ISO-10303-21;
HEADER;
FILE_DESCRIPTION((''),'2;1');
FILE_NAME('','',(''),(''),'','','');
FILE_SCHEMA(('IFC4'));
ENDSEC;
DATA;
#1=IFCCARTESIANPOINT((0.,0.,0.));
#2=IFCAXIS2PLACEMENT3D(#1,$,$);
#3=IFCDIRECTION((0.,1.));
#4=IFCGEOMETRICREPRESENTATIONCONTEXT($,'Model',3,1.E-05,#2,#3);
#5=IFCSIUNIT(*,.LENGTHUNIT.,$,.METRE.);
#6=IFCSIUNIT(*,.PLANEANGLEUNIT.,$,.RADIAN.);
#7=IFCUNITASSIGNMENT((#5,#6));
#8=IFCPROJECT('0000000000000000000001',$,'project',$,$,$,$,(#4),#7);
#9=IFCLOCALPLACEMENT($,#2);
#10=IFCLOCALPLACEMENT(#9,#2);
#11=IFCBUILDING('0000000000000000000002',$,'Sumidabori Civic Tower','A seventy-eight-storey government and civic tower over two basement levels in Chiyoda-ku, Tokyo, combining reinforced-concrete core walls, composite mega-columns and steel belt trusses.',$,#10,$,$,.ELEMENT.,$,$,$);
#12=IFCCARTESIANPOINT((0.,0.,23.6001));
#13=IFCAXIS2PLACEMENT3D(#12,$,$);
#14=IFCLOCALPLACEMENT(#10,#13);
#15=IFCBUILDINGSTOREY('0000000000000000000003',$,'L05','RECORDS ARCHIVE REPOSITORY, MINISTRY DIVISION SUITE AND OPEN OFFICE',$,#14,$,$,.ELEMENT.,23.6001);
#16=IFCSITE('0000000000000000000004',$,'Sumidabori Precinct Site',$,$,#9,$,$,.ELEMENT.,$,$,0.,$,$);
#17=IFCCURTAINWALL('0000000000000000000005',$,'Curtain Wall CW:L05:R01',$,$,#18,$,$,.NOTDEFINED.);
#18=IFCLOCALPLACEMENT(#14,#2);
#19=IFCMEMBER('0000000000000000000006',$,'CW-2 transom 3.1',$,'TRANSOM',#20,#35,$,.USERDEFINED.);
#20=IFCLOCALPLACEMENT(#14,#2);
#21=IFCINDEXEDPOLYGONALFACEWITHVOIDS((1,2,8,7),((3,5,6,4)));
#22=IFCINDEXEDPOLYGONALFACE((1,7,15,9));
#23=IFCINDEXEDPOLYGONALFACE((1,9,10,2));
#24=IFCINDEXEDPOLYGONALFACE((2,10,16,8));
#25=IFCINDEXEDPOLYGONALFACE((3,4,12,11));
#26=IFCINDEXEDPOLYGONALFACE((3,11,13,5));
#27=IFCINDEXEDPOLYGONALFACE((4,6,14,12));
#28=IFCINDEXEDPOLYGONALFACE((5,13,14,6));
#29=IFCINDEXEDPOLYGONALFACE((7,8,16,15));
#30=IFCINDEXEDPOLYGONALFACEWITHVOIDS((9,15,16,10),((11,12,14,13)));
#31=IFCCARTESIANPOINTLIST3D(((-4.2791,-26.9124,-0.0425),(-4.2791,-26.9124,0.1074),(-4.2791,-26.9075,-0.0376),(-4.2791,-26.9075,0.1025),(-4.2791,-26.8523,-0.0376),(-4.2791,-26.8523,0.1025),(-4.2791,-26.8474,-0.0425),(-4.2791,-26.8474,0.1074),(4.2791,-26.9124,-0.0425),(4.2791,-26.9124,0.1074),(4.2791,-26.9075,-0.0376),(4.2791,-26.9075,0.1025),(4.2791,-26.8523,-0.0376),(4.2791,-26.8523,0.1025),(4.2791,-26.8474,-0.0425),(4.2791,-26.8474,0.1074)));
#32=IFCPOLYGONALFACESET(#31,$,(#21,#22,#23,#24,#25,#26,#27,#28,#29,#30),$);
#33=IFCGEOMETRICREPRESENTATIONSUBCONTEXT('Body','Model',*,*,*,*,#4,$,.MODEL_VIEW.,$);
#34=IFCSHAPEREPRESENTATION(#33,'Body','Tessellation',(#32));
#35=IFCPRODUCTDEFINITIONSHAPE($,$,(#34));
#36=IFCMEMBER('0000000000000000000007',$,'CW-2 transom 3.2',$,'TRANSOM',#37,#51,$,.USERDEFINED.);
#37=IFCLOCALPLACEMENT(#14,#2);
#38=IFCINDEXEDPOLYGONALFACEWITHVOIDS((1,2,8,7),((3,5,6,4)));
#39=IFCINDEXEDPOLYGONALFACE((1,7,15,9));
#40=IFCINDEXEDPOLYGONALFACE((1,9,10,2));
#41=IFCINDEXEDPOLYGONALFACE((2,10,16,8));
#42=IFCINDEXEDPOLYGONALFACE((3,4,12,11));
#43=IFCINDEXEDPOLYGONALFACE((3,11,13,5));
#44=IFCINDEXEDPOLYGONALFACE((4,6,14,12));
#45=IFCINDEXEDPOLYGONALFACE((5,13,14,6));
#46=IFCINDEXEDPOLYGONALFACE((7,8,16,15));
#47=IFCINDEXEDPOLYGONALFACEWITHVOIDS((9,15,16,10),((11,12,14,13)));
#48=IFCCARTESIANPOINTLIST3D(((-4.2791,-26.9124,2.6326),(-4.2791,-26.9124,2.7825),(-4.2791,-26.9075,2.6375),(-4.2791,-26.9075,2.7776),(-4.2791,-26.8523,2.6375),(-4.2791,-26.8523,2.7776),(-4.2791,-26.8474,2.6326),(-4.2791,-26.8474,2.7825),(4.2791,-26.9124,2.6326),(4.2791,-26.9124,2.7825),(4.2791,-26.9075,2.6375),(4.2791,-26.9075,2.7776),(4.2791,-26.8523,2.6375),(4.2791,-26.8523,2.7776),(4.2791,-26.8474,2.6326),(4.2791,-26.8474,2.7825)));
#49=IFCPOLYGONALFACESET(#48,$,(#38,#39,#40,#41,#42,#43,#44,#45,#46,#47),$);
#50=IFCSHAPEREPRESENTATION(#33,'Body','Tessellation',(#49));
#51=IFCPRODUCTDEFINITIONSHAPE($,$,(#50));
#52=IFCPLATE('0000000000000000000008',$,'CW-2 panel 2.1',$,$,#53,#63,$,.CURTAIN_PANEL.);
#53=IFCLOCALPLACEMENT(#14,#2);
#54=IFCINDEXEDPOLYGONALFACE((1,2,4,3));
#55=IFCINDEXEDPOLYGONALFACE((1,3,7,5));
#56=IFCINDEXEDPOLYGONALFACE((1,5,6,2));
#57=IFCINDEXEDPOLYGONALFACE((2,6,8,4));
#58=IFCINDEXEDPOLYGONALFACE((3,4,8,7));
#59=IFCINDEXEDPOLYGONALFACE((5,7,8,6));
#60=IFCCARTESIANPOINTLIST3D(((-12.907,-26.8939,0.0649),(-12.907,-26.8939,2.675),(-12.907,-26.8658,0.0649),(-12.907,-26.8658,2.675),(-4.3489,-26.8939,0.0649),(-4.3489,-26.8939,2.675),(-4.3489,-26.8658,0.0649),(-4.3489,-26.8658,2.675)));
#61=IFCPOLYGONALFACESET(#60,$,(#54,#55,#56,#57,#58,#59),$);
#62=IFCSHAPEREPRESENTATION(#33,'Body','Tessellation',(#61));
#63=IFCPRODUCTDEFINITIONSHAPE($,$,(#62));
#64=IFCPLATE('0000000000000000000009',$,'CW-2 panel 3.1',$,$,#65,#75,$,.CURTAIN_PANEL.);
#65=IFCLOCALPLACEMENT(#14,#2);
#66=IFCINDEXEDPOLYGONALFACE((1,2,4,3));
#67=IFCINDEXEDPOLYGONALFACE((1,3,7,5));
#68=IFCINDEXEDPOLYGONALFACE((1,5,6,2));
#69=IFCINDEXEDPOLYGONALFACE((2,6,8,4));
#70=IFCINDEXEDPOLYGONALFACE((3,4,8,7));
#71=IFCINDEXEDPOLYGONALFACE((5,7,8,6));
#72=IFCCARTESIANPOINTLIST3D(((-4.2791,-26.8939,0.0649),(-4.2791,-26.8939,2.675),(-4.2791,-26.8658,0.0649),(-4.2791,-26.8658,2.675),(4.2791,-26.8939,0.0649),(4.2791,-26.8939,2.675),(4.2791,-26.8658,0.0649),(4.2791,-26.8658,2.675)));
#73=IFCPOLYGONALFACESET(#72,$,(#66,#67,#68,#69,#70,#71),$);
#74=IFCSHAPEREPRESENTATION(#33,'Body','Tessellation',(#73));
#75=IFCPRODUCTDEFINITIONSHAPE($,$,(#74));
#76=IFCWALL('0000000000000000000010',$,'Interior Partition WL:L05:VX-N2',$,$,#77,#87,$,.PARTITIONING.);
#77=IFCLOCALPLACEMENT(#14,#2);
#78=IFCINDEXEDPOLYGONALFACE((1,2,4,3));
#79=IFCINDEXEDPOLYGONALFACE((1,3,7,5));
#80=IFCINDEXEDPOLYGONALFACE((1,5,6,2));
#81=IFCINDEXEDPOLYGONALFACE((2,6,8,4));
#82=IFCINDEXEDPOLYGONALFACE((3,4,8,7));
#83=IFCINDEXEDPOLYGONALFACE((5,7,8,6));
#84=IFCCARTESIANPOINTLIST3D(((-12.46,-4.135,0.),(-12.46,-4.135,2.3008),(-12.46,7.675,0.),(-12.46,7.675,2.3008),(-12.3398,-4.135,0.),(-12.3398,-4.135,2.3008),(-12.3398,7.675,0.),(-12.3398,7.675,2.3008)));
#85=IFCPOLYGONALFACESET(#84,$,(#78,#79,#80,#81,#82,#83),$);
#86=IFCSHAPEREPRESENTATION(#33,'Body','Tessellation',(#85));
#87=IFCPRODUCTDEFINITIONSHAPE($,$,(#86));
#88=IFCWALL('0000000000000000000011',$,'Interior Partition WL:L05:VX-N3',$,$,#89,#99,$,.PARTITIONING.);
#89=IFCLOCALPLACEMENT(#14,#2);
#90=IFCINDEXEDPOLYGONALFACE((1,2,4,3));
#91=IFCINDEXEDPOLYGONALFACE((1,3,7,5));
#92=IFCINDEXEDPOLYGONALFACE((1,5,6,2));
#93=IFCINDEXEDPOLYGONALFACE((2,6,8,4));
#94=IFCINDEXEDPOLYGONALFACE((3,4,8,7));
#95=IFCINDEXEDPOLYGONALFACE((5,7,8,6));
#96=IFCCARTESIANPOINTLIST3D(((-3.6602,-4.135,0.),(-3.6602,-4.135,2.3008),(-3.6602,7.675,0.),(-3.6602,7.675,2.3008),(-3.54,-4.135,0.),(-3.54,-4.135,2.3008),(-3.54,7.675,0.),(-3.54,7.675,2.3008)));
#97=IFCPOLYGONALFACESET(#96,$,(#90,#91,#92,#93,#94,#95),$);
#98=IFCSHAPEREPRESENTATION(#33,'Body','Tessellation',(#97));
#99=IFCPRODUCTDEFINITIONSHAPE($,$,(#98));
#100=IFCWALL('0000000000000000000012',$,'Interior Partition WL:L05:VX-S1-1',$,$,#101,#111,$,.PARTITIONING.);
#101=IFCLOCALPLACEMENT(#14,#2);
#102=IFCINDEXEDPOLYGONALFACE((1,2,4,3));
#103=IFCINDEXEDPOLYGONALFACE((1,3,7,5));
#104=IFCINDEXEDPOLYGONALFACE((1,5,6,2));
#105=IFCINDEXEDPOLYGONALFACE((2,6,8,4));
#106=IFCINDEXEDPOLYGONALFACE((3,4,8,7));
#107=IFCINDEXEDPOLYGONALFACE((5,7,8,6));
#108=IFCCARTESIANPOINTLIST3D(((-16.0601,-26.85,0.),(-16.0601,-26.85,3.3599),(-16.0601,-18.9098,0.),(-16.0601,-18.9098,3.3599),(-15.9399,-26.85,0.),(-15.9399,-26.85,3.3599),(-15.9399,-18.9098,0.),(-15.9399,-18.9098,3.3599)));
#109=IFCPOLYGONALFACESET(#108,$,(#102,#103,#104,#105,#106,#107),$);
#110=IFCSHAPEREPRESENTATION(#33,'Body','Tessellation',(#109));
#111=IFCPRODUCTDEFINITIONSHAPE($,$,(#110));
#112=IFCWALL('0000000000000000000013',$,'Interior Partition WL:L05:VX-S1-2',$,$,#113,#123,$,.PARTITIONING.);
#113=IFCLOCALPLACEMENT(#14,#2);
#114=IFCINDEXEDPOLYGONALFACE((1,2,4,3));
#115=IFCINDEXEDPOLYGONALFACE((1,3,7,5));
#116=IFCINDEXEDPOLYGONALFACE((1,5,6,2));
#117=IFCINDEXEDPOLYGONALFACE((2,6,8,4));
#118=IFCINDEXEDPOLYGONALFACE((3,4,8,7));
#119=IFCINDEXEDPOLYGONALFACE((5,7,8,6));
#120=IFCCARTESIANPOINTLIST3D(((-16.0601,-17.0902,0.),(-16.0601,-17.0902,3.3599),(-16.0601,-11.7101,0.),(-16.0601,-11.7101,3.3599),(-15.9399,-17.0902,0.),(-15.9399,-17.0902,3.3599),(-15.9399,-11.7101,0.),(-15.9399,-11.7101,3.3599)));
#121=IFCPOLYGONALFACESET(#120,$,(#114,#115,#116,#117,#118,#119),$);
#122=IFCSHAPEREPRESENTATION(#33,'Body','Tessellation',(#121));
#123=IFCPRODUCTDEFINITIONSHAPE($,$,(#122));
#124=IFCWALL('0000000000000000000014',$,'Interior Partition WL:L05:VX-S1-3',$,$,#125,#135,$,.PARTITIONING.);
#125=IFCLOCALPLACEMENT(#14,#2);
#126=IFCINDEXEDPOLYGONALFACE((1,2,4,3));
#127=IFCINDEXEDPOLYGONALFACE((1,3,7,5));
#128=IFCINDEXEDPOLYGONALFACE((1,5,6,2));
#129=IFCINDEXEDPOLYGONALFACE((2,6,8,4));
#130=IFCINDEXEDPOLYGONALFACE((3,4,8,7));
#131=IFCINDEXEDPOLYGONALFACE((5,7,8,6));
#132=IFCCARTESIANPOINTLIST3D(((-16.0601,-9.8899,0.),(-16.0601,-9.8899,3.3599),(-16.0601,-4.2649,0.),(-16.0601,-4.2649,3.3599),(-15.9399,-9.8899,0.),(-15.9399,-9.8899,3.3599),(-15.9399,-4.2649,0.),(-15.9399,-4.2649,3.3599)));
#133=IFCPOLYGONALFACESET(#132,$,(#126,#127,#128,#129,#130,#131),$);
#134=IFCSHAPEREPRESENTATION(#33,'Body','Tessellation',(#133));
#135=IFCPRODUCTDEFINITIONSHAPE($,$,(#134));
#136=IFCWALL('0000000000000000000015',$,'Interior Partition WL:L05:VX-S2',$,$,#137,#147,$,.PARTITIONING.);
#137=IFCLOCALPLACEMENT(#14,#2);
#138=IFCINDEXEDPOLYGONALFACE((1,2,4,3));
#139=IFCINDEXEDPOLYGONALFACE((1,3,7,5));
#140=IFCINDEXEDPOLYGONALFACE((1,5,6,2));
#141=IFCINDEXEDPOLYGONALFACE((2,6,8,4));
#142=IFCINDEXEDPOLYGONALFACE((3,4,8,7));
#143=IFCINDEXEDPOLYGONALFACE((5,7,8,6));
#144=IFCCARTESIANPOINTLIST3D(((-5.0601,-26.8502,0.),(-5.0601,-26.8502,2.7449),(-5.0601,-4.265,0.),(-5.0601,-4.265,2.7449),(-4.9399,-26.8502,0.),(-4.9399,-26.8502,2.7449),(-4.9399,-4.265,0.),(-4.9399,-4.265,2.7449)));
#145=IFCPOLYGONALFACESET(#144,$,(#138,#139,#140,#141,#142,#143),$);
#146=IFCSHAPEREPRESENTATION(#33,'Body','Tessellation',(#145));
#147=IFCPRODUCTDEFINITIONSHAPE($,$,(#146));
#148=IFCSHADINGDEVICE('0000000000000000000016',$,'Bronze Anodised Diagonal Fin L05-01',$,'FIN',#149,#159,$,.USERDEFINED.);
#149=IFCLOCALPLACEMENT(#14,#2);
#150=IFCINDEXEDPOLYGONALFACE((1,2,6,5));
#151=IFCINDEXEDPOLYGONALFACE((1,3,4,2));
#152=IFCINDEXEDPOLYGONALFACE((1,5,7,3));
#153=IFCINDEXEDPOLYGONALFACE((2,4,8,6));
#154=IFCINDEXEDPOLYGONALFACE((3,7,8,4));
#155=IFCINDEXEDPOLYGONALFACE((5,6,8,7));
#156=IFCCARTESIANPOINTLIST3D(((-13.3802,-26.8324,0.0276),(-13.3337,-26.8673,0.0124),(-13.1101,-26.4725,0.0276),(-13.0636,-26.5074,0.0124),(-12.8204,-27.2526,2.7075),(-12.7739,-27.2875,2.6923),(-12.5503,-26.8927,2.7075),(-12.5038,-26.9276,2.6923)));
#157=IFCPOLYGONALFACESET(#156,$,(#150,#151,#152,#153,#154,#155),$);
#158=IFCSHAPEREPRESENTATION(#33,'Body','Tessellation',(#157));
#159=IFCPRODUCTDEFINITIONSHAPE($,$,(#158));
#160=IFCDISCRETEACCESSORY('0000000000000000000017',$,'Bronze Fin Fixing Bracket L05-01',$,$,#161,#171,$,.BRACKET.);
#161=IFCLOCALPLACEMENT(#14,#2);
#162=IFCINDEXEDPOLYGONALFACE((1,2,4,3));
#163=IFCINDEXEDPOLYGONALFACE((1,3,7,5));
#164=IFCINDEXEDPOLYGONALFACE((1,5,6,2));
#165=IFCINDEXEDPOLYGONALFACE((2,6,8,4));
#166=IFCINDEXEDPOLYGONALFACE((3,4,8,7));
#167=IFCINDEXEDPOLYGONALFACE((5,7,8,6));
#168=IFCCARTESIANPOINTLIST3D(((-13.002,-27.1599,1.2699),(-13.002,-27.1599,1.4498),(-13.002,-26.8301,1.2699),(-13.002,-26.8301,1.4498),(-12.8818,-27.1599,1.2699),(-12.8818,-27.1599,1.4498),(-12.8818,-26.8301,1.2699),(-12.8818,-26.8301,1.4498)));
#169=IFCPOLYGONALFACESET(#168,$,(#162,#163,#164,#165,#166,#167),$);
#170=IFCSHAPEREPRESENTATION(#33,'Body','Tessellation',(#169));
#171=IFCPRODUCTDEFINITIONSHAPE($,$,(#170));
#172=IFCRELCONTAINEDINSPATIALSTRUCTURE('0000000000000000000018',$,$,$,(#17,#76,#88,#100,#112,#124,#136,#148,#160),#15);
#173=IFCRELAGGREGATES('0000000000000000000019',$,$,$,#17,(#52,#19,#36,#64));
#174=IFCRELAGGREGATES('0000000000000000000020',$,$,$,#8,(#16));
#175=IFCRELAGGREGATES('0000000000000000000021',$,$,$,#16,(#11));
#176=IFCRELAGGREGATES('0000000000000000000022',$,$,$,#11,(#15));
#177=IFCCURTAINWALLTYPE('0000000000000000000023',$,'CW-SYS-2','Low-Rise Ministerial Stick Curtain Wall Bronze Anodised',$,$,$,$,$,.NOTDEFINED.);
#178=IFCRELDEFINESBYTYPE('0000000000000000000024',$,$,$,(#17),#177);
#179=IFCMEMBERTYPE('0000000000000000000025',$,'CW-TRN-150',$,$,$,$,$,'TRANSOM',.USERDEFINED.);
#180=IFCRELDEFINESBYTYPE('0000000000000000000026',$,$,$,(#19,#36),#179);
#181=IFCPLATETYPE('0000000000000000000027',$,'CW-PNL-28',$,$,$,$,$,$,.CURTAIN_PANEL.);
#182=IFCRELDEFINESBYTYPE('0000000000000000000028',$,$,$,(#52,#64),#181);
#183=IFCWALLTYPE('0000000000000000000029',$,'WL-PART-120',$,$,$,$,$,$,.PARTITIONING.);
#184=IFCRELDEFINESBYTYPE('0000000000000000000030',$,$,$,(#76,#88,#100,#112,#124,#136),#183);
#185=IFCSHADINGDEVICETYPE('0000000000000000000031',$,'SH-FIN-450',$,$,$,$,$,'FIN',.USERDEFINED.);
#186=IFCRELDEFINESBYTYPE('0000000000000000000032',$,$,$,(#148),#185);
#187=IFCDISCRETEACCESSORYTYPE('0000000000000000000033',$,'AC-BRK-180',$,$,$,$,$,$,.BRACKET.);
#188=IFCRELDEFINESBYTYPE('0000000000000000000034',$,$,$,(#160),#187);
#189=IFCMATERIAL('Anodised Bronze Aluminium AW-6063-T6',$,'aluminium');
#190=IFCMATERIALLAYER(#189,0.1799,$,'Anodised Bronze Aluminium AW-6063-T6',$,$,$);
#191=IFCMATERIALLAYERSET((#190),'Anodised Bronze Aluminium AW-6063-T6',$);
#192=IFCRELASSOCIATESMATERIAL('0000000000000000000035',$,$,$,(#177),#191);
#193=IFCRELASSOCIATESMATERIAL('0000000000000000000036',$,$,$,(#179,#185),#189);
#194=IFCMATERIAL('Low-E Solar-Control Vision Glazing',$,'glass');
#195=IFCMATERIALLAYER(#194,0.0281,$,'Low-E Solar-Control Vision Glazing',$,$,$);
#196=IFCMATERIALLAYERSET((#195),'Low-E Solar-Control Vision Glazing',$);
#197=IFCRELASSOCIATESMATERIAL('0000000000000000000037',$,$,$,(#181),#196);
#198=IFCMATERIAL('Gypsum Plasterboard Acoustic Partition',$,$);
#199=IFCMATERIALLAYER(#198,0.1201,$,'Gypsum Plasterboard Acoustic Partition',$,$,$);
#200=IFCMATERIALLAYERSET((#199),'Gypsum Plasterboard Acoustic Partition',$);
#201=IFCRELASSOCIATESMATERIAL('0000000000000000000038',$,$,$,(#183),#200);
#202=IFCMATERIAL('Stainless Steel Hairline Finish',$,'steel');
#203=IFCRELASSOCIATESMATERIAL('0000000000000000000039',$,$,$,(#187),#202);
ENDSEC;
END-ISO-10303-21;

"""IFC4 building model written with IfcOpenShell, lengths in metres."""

from ifc_helpers import new_model, si_unit, direction, frame, frame_2d, origin, origin_2d, place, context, subcontext, project, spatial, rectangle, hollow_rectangle, extrude, source, transform, mapped, material, layer, layer_set, material_profile, profile_set, type_object, element, aggregate, save


model = new_model("IFC4")

# Units and contexts
model_context = context("Model", 3, precision=1e-05, world=origin(), true_north=direction((0.0, 1.0)))
body_context = subcontext(model_context, "Body", "Model", "MODEL_VIEW")
ifc_project = project(units=[si_unit("LENGTHUNIT", "METRE"), si_unit("PLANEANGLEUNIT", "RADIAN")], contexts=[model_context])

# Site, building, storey
site_placement = place(None, origin())
site = spatial("IfcSite", under=ifc_project, at=site_placement, Name="Sumidabori Precinct Site", CompositionType="ELEMENT", RefElevation=0.0)
building_placement = place(site_placement, origin())
building = spatial("IfcBuilding", under=site, at=building_placement, Name="Sumidabori Civic Tower", Description="A seventy-eight-storey government and civic tower over two basement levels in Chiyoda-ku, Tokyo, combining reinforced-concrete core walls, composite mega-columns and steel belt trusses.", CompositionType="ELEMENT")
storey_placement = place(building_placement, frame((0.0, 0.0, 23.6001)))
storey = spatial("IfcBuildingStorey", under=building, at=storey_placement, Name="L05", Description="RECORDS ARCHIVE REPOSITORY, MINISTRY DIVISION SUITE AND OPEN OFFICE", CompositionType="ELEMENT", Elevation=23.6001)

# Curtain wall, members, plates
ifc_material_1 = material(Name="Anodised Bronze Aluminium AW-6063-T6", Category="aluminium")
ifc_layer_1 = layer(ifc_material_1, 0.1799, Name="Anodised Bronze Aluminium AW-6063-T6")
ifc_layer_set_1 = layer_set([ifc_layer_1], Name="Anodised Bronze Aluminium AW-6063-T6")
curtain_wall_type = type_object("IfcCurtainWallType", Name="CW-SYS-2", Description="Low-Rise Ministerial Stick Curtain Wall Bronze Anodised", PredefinedType="NOTDEFINED", material=ifc_layer_set_1)
curtain_wall_placement = place(storey_placement, origin())
curtain_wall = element("IfcCurtainWall", 1, at=curtain_wall_placement, inside=storey, type_object=curtain_wall_type, Name="Curtain Wall CW:L05:R01", PredefinedType="NOTDEFINED")
ifc_material_profile_1 = material_profile(ifc_material_1, hollow_rectangle(XDim=0.0649, YDim=0.1499, WallThickness=0.0049, at=origin_2d()), Name="ALU TRANSOM 150x65")
ifc_profile_set_1 = profile_set([ifc_material_profile_1], Name="Anodised Bronze Aluminium AW-6063-T6")
member_type_1 = type_object("IfcMemberType", Name="CW-TRN-150", ElementType="TRANSOM", PredefinedType="USERDEFINED", material=ifc_profile_set_1)
shared_shape_1 = source(origin(), body_context, "Body", "SweptSolid", [
    extrude(hollow_rectangle(XDim=0.0649, YDim=0.1499, WallThickness=0.0049, at=origin_2d()), origin(), (0.0, 0.0, 1.0), 8.5581),
])
member_1_placement = place(storey_placement, frame((-4.2791, -26.8799, 0.0325), z_axis=(1.0, 0.0, 0.0), x_axis=(0.0, 1.0, 0.0)))
member_1 = element("IfcMember", 2, at=member_1_placement, type_object=member_type_1, Name="CW-2 transom 3.1", ObjectType="TRANSOM", PredefinedType="USERDEFINED", context=body_context, shape_type="MappedRepresentation", body=[
    mapped(shared_shape_1, transform((0.0, 0.0, 0.0), x_axis=(1.0, 0.0, 0.0), y_axis=(0.0, 1.0, 0.0), z_axis=(0.0, 0.0, 1.0), scale=1.0)),
])
member_2_placement = place(storey_placement, frame((-4.2791, -26.8799, 2.7075), z_axis=(1.0, 0.0, 0.0), x_axis=(0.0, 1.0, 0.0)))
member_2 = element("IfcMember", 3, at=member_2_placement, type_object=member_type_1, Name="CW-2 transom 3.2", ObjectType="TRANSOM", PredefinedType="USERDEFINED", context=body_context, shape_type="MappedRepresentation", body=[
    mapped(shared_shape_1, transform((0.0, 0.0, 0.0), x_axis=(1.0, 0.0, 0.0), y_axis=(0.0, 1.0, 0.0), z_axis=(0.0, 0.0, 1.0), scale=1.0)),
])
ifc_material_2 = material(Name="Low-E Solar-Control Vision Glazing", Category="glass")
ifc_layer_2 = layer(ifc_material_2, 0.0281, Name="Low-E Solar-Control Vision Glazing")
ifc_layer_set_2 = layer_set([ifc_layer_2], Name="Low-E Solar-Control Vision Glazing")
plate_type = type_object("IfcPlateType", Name="CW-PNL-28", PredefinedType="CURTAIN_PANEL", material=ifc_layer_set_2)
shared_shape_2 = source(origin(), body_context, "Body", "SweptSolid", [
    extrude(rectangle(XDim=8.5581, YDim=0.0281, at=origin_2d()), origin(), (0.0, 0.0, 1.0), 2.6101),
])
plate_1_placement = place(storey_placement, frame((-8.6279, -26.8799, 0.0649), z_axis=(0.0, 0.0, 1.0), x_axis=(1.0, 0.0, 0.0)))
plate_1 = element("IfcPlate", 4, at=plate_1_placement, type_object=plate_type, Name="CW-2 panel 2.1", PredefinedType="CURTAIN_PANEL", context=body_context, shape_type="MappedRepresentation", body=[
    mapped(shared_shape_2, transform((0.0, 0.0, 0.0), x_axis=(1.0, 0.0, 0.0), y_axis=(0.0, 1.0, 0.0), z_axis=(0.0, 0.0, 1.0), scale=1.0)),
])
plate_2_placement = place(storey_placement, frame((0.0, -26.8799, 0.0649), z_axis=(0.0, 0.0, 1.0), x_axis=(1.0, 0.0, 0.0)))
plate_2 = element("IfcPlate", 5, at=plate_2_placement, type_object=plate_type, Name="CW-2 panel 3.1", PredefinedType="CURTAIN_PANEL", context=body_context, shape_type="MappedRepresentation", body=[
    mapped(shared_shape_2, transform((0.0, 0.0, 0.0), x_axis=(1.0, 0.0, 0.0), y_axis=(0.0, 1.0, 0.0), z_axis=(0.0, 0.0, 1.0), scale=1.0)),
])
aggregate(curtain_wall, [plate_1, member_1, member_2, plate_2])

# Walls
ifc_material_3 = material(Name="Gypsum Plasterboard Acoustic Partition")
ifc_layer_3 = layer(ifc_material_3, 0.1201, Name="Gypsum Plasterboard Acoustic Partition")
ifc_layer_set_3 = layer_set([ifc_layer_3], Name="Gypsum Plasterboard Acoustic Partition")
wall_type = type_object("IfcWallType", Name="WL-PART-120", PredefinedType="PARTITIONING", material=ifc_layer_set_3)
shared_shape_3 = source(origin(), body_context, "Body", "SweptSolid", [
    extrude(rectangle(XDim=11.8101, YDim=0.1201, at=frame_2d((5.905, 0.0))), origin(), (0.0, 0.0, 1.0), 2.3008),
])
for number, where, z_axis, x_axis, name in (
    (6, (-12.3999, -4.135, 0.0), (0.0, 0.0, 1.0), (0.0, 1.0, 0.0), "Interior Partition WL:L05:VX-N2"),
    (7, (-3.6001, -4.135, 0.0), (0.0, 0.0, 1.0), (0.0, 1.0, 0.0), "Interior Partition WL:L05:VX-N3"),
):
    element("IfcWall", number, at=place(storey_placement, frame(where, z_axis=z_axis, x_axis=x_axis)), inside=storey, type_object=wall_type, Name=name, PredefinedType="PARTITIONING", context=body_context, shape_type="MappedRepresentation", body=[
        mapped(shared_shape_3, transform((0.0, 0.0, 0.0), x_axis=(1.0, 0.0, 0.0), y_axis=(0.0, 1.0, 0.0), z_axis=(0.0, 0.0, 1.0), scale=1.0)),
    ])
shared_shape_4 = source(origin(), body_context, "Body", "SweptSolid", [
    extrude(rectangle(XDim=7.9402, YDim=0.1201, at=frame_2d((3.9702, 0.0))), origin(), (0.0, 0.0, 1.0), 3.3599),
])
wall_1_placement = place(storey_placement, frame((-16.0, -26.8501, 0.0), z_axis=(0.0, 0.0, 1.0), x_axis=(0.0, 1.0, 0.0)))
element("IfcWall", 8, at=wall_1_placement, inside=storey, type_object=wall_type, Name="Interior Partition WL:L05:VX-S1-1", PredefinedType="PARTITIONING", context=body_context, shape_type="MappedRepresentation", body=[
    mapped(shared_shape_4, transform((0.0, 0.0, 0.0), x_axis=(1.0, 0.0, 0.0), y_axis=(0.0, 1.0, 0.0), z_axis=(0.0, 0.0, 1.0), scale=1.0)),
])
shared_shape_5 = source(origin(), body_context, "Body", "SweptSolid", [
    extrude(rectangle(XDim=5.3801, YDim=0.1201, at=frame_2d((2.6899, 0.0))), origin(), (0.0, 0.0, 1.0), 3.3599),
])
wall_2_placement = place(storey_placement, frame((-16.0, -17.0901, 0.0), z_axis=(0.0, 0.0, 1.0), x_axis=(0.0, 1.0, 0.0)))
element("IfcWall", 9, at=wall_2_placement, inside=storey, type_object=wall_type, Name="Interior Partition WL:L05:VX-S1-2", PredefinedType="PARTITIONING", context=body_context, shape_type="MappedRepresentation", body=[
    mapped(shared_shape_5, transform((0.0, 0.0, 0.0), x_axis=(1.0, 0.0, 0.0), y_axis=(0.0, 1.0, 0.0), z_axis=(0.0, 0.0, 1.0), scale=1.0)),
])
shared_shape_6 = source(origin(), body_context, "Body", "SweptSolid", [
    extrude(rectangle(XDim=5.625, YDim=0.1201, at=frame_2d((2.8125, 0.0))), origin(), (0.0, 0.0, 1.0), 3.3599),
])
wall_3_placement = place(storey_placement, frame((-16.0, -9.8899, 0.0), z_axis=(0.0, 0.0, 1.0), x_axis=(0.0, 1.0, 0.0)))
element("IfcWall", 10, at=wall_3_placement, inside=storey, type_object=wall_type, Name="Interior Partition WL:L05:VX-S1-3", PredefinedType="PARTITIONING", context=body_context, shape_type="MappedRepresentation", body=[
    mapped(shared_shape_6, transform((0.0, 0.0, 0.0), x_axis=(1.0, 0.0, 0.0), y_axis=(0.0, 1.0, 0.0), z_axis=(0.0, 0.0, 1.0), scale=1.0)),
])
shared_shape_7 = source(origin(), body_context, "Body", "SweptSolid", [
    extrude(rectangle(XDim=22.5852, YDim=0.1201, at=frame_2d((11.2925, 0.0))), origin(), (0.0, 0.0, 1.0), 2.7449),
])
wall_4_placement = place(storey_placement, frame((-5.0, -26.8501, 0.0), z_axis=(0.0, 0.0, 1.0), x_axis=(0.0, 1.0, 0.0)))
element("IfcWall", 11, at=wall_4_placement, inside=storey, type_object=wall_type, Name="Interior Partition WL:L05:VX-S2", PredefinedType="PARTITIONING", context=body_context, shape_type="MappedRepresentation", body=[
    mapped(shared_shape_7, transform((0.0, 0.0, 0.0), x_axis=(1.0, 0.0, 0.0), y_axis=(0.0, 1.0, 0.0), z_axis=(0.0, 0.0, 1.0), scale=1.0)),
])

# Shading device
ifc_material_profile_2 = material_profile(ifc_material_1, rectangle(XDim=0.0601, YDim=0.45, at=origin_2d()), Name="BRONZE FIN 450x60")
ifc_profile_set_2 = profile_set([ifc_material_profile_2], Name="Anodised Bronze Aluminium AW-6063-T6")
shading_device_type = type_object("IfcShadingDeviceType", Name="SH-FIN-450", ElementType="FIN", PredefinedType="USERDEFINED", material=ifc_profile_set_2)
shared_shape_8 = source(origin(), body_context, "Body", "SweptSolid", [
    extrude(rectangle(XDim=0.0601, YDim=0.45, at=origin_2d()), origin(), (0.0, 0.0, 1.0), 2.7698),
])
shading_device_placement = place(storey_placement, frame((-13.2219, -26.6699, 0.02), z_axis=(0.202111, -0.151694, 0.967543), x_axis=(0.773832, -0.580796, -0.252705)))
element("IfcShadingDevice", 12, at=shading_device_placement, inside=storey, type_object=shading_device_type, Name="Bronze Anodised Diagonal Fin L05-01", ObjectType="FIN", PredefinedType="USERDEFINED", context=body_context, shape_type="MappedRepresentation", body=[
    mapped(shared_shape_8, transform((0.0, 0.0, 0.0), x_axis=(1.0, 0.0, 0.0), y_axis=(0.0, 1.0, 0.0), z_axis=(0.0, 0.0, 1.0), scale=1.0)),
])

# Discrete accessory
ifc_material_4 = material(Name="Stainless Steel Hairline Finish", Category="steel")
ifc_material_profile_3 = material_profile(ifc_material_4, rectangle(XDim=0.1201, YDim=0.1799, at=origin_2d()), Name="STEEL BRACKET 180x120")
ifc_profile_set_3 = profile_set([ifc_material_profile_3], Name="Stainless Steel Hairline Finish")
discrete_accessory_type = type_object("IfcDiscreteAccessoryType", Name="AC-BRK-180", PredefinedType="BRACKET", material=ifc_profile_set_3)
shared_shape_9 = source(origin(), body_context, "Body", "SweptSolid", [
    extrude(rectangle(XDim=0.1201, YDim=0.1799, at=origin_2d()), origin(), (0.0, 0.0, 1.0), 0.3298),
])
discrete_accessory_placement = place(storey_placement, frame((-12.9419, -26.8301, 1.3599), z_axis=(0.0, -1.0, 0.0), x_axis=(1.0, 0.0, 0.0)))
element("IfcDiscreteAccessory", 13, at=discrete_accessory_placement, inside=storey, type_object=discrete_accessory_type, Name="Bronze Fin Fixing Bracket L05-01", PredefinedType="BRACKET", context=body_context, shape_type="MappedRepresentation", body=[
    mapped(shared_shape_9, transform((0.0, 0.0, 0.0), x_axis=(1.0, 0.0, 0.0), y_axis=(0.0, 1.0, 0.0), z_axis=(0.0, 0.0, 1.0), scale=1.0)),
])

save(model, "model.ifc")
